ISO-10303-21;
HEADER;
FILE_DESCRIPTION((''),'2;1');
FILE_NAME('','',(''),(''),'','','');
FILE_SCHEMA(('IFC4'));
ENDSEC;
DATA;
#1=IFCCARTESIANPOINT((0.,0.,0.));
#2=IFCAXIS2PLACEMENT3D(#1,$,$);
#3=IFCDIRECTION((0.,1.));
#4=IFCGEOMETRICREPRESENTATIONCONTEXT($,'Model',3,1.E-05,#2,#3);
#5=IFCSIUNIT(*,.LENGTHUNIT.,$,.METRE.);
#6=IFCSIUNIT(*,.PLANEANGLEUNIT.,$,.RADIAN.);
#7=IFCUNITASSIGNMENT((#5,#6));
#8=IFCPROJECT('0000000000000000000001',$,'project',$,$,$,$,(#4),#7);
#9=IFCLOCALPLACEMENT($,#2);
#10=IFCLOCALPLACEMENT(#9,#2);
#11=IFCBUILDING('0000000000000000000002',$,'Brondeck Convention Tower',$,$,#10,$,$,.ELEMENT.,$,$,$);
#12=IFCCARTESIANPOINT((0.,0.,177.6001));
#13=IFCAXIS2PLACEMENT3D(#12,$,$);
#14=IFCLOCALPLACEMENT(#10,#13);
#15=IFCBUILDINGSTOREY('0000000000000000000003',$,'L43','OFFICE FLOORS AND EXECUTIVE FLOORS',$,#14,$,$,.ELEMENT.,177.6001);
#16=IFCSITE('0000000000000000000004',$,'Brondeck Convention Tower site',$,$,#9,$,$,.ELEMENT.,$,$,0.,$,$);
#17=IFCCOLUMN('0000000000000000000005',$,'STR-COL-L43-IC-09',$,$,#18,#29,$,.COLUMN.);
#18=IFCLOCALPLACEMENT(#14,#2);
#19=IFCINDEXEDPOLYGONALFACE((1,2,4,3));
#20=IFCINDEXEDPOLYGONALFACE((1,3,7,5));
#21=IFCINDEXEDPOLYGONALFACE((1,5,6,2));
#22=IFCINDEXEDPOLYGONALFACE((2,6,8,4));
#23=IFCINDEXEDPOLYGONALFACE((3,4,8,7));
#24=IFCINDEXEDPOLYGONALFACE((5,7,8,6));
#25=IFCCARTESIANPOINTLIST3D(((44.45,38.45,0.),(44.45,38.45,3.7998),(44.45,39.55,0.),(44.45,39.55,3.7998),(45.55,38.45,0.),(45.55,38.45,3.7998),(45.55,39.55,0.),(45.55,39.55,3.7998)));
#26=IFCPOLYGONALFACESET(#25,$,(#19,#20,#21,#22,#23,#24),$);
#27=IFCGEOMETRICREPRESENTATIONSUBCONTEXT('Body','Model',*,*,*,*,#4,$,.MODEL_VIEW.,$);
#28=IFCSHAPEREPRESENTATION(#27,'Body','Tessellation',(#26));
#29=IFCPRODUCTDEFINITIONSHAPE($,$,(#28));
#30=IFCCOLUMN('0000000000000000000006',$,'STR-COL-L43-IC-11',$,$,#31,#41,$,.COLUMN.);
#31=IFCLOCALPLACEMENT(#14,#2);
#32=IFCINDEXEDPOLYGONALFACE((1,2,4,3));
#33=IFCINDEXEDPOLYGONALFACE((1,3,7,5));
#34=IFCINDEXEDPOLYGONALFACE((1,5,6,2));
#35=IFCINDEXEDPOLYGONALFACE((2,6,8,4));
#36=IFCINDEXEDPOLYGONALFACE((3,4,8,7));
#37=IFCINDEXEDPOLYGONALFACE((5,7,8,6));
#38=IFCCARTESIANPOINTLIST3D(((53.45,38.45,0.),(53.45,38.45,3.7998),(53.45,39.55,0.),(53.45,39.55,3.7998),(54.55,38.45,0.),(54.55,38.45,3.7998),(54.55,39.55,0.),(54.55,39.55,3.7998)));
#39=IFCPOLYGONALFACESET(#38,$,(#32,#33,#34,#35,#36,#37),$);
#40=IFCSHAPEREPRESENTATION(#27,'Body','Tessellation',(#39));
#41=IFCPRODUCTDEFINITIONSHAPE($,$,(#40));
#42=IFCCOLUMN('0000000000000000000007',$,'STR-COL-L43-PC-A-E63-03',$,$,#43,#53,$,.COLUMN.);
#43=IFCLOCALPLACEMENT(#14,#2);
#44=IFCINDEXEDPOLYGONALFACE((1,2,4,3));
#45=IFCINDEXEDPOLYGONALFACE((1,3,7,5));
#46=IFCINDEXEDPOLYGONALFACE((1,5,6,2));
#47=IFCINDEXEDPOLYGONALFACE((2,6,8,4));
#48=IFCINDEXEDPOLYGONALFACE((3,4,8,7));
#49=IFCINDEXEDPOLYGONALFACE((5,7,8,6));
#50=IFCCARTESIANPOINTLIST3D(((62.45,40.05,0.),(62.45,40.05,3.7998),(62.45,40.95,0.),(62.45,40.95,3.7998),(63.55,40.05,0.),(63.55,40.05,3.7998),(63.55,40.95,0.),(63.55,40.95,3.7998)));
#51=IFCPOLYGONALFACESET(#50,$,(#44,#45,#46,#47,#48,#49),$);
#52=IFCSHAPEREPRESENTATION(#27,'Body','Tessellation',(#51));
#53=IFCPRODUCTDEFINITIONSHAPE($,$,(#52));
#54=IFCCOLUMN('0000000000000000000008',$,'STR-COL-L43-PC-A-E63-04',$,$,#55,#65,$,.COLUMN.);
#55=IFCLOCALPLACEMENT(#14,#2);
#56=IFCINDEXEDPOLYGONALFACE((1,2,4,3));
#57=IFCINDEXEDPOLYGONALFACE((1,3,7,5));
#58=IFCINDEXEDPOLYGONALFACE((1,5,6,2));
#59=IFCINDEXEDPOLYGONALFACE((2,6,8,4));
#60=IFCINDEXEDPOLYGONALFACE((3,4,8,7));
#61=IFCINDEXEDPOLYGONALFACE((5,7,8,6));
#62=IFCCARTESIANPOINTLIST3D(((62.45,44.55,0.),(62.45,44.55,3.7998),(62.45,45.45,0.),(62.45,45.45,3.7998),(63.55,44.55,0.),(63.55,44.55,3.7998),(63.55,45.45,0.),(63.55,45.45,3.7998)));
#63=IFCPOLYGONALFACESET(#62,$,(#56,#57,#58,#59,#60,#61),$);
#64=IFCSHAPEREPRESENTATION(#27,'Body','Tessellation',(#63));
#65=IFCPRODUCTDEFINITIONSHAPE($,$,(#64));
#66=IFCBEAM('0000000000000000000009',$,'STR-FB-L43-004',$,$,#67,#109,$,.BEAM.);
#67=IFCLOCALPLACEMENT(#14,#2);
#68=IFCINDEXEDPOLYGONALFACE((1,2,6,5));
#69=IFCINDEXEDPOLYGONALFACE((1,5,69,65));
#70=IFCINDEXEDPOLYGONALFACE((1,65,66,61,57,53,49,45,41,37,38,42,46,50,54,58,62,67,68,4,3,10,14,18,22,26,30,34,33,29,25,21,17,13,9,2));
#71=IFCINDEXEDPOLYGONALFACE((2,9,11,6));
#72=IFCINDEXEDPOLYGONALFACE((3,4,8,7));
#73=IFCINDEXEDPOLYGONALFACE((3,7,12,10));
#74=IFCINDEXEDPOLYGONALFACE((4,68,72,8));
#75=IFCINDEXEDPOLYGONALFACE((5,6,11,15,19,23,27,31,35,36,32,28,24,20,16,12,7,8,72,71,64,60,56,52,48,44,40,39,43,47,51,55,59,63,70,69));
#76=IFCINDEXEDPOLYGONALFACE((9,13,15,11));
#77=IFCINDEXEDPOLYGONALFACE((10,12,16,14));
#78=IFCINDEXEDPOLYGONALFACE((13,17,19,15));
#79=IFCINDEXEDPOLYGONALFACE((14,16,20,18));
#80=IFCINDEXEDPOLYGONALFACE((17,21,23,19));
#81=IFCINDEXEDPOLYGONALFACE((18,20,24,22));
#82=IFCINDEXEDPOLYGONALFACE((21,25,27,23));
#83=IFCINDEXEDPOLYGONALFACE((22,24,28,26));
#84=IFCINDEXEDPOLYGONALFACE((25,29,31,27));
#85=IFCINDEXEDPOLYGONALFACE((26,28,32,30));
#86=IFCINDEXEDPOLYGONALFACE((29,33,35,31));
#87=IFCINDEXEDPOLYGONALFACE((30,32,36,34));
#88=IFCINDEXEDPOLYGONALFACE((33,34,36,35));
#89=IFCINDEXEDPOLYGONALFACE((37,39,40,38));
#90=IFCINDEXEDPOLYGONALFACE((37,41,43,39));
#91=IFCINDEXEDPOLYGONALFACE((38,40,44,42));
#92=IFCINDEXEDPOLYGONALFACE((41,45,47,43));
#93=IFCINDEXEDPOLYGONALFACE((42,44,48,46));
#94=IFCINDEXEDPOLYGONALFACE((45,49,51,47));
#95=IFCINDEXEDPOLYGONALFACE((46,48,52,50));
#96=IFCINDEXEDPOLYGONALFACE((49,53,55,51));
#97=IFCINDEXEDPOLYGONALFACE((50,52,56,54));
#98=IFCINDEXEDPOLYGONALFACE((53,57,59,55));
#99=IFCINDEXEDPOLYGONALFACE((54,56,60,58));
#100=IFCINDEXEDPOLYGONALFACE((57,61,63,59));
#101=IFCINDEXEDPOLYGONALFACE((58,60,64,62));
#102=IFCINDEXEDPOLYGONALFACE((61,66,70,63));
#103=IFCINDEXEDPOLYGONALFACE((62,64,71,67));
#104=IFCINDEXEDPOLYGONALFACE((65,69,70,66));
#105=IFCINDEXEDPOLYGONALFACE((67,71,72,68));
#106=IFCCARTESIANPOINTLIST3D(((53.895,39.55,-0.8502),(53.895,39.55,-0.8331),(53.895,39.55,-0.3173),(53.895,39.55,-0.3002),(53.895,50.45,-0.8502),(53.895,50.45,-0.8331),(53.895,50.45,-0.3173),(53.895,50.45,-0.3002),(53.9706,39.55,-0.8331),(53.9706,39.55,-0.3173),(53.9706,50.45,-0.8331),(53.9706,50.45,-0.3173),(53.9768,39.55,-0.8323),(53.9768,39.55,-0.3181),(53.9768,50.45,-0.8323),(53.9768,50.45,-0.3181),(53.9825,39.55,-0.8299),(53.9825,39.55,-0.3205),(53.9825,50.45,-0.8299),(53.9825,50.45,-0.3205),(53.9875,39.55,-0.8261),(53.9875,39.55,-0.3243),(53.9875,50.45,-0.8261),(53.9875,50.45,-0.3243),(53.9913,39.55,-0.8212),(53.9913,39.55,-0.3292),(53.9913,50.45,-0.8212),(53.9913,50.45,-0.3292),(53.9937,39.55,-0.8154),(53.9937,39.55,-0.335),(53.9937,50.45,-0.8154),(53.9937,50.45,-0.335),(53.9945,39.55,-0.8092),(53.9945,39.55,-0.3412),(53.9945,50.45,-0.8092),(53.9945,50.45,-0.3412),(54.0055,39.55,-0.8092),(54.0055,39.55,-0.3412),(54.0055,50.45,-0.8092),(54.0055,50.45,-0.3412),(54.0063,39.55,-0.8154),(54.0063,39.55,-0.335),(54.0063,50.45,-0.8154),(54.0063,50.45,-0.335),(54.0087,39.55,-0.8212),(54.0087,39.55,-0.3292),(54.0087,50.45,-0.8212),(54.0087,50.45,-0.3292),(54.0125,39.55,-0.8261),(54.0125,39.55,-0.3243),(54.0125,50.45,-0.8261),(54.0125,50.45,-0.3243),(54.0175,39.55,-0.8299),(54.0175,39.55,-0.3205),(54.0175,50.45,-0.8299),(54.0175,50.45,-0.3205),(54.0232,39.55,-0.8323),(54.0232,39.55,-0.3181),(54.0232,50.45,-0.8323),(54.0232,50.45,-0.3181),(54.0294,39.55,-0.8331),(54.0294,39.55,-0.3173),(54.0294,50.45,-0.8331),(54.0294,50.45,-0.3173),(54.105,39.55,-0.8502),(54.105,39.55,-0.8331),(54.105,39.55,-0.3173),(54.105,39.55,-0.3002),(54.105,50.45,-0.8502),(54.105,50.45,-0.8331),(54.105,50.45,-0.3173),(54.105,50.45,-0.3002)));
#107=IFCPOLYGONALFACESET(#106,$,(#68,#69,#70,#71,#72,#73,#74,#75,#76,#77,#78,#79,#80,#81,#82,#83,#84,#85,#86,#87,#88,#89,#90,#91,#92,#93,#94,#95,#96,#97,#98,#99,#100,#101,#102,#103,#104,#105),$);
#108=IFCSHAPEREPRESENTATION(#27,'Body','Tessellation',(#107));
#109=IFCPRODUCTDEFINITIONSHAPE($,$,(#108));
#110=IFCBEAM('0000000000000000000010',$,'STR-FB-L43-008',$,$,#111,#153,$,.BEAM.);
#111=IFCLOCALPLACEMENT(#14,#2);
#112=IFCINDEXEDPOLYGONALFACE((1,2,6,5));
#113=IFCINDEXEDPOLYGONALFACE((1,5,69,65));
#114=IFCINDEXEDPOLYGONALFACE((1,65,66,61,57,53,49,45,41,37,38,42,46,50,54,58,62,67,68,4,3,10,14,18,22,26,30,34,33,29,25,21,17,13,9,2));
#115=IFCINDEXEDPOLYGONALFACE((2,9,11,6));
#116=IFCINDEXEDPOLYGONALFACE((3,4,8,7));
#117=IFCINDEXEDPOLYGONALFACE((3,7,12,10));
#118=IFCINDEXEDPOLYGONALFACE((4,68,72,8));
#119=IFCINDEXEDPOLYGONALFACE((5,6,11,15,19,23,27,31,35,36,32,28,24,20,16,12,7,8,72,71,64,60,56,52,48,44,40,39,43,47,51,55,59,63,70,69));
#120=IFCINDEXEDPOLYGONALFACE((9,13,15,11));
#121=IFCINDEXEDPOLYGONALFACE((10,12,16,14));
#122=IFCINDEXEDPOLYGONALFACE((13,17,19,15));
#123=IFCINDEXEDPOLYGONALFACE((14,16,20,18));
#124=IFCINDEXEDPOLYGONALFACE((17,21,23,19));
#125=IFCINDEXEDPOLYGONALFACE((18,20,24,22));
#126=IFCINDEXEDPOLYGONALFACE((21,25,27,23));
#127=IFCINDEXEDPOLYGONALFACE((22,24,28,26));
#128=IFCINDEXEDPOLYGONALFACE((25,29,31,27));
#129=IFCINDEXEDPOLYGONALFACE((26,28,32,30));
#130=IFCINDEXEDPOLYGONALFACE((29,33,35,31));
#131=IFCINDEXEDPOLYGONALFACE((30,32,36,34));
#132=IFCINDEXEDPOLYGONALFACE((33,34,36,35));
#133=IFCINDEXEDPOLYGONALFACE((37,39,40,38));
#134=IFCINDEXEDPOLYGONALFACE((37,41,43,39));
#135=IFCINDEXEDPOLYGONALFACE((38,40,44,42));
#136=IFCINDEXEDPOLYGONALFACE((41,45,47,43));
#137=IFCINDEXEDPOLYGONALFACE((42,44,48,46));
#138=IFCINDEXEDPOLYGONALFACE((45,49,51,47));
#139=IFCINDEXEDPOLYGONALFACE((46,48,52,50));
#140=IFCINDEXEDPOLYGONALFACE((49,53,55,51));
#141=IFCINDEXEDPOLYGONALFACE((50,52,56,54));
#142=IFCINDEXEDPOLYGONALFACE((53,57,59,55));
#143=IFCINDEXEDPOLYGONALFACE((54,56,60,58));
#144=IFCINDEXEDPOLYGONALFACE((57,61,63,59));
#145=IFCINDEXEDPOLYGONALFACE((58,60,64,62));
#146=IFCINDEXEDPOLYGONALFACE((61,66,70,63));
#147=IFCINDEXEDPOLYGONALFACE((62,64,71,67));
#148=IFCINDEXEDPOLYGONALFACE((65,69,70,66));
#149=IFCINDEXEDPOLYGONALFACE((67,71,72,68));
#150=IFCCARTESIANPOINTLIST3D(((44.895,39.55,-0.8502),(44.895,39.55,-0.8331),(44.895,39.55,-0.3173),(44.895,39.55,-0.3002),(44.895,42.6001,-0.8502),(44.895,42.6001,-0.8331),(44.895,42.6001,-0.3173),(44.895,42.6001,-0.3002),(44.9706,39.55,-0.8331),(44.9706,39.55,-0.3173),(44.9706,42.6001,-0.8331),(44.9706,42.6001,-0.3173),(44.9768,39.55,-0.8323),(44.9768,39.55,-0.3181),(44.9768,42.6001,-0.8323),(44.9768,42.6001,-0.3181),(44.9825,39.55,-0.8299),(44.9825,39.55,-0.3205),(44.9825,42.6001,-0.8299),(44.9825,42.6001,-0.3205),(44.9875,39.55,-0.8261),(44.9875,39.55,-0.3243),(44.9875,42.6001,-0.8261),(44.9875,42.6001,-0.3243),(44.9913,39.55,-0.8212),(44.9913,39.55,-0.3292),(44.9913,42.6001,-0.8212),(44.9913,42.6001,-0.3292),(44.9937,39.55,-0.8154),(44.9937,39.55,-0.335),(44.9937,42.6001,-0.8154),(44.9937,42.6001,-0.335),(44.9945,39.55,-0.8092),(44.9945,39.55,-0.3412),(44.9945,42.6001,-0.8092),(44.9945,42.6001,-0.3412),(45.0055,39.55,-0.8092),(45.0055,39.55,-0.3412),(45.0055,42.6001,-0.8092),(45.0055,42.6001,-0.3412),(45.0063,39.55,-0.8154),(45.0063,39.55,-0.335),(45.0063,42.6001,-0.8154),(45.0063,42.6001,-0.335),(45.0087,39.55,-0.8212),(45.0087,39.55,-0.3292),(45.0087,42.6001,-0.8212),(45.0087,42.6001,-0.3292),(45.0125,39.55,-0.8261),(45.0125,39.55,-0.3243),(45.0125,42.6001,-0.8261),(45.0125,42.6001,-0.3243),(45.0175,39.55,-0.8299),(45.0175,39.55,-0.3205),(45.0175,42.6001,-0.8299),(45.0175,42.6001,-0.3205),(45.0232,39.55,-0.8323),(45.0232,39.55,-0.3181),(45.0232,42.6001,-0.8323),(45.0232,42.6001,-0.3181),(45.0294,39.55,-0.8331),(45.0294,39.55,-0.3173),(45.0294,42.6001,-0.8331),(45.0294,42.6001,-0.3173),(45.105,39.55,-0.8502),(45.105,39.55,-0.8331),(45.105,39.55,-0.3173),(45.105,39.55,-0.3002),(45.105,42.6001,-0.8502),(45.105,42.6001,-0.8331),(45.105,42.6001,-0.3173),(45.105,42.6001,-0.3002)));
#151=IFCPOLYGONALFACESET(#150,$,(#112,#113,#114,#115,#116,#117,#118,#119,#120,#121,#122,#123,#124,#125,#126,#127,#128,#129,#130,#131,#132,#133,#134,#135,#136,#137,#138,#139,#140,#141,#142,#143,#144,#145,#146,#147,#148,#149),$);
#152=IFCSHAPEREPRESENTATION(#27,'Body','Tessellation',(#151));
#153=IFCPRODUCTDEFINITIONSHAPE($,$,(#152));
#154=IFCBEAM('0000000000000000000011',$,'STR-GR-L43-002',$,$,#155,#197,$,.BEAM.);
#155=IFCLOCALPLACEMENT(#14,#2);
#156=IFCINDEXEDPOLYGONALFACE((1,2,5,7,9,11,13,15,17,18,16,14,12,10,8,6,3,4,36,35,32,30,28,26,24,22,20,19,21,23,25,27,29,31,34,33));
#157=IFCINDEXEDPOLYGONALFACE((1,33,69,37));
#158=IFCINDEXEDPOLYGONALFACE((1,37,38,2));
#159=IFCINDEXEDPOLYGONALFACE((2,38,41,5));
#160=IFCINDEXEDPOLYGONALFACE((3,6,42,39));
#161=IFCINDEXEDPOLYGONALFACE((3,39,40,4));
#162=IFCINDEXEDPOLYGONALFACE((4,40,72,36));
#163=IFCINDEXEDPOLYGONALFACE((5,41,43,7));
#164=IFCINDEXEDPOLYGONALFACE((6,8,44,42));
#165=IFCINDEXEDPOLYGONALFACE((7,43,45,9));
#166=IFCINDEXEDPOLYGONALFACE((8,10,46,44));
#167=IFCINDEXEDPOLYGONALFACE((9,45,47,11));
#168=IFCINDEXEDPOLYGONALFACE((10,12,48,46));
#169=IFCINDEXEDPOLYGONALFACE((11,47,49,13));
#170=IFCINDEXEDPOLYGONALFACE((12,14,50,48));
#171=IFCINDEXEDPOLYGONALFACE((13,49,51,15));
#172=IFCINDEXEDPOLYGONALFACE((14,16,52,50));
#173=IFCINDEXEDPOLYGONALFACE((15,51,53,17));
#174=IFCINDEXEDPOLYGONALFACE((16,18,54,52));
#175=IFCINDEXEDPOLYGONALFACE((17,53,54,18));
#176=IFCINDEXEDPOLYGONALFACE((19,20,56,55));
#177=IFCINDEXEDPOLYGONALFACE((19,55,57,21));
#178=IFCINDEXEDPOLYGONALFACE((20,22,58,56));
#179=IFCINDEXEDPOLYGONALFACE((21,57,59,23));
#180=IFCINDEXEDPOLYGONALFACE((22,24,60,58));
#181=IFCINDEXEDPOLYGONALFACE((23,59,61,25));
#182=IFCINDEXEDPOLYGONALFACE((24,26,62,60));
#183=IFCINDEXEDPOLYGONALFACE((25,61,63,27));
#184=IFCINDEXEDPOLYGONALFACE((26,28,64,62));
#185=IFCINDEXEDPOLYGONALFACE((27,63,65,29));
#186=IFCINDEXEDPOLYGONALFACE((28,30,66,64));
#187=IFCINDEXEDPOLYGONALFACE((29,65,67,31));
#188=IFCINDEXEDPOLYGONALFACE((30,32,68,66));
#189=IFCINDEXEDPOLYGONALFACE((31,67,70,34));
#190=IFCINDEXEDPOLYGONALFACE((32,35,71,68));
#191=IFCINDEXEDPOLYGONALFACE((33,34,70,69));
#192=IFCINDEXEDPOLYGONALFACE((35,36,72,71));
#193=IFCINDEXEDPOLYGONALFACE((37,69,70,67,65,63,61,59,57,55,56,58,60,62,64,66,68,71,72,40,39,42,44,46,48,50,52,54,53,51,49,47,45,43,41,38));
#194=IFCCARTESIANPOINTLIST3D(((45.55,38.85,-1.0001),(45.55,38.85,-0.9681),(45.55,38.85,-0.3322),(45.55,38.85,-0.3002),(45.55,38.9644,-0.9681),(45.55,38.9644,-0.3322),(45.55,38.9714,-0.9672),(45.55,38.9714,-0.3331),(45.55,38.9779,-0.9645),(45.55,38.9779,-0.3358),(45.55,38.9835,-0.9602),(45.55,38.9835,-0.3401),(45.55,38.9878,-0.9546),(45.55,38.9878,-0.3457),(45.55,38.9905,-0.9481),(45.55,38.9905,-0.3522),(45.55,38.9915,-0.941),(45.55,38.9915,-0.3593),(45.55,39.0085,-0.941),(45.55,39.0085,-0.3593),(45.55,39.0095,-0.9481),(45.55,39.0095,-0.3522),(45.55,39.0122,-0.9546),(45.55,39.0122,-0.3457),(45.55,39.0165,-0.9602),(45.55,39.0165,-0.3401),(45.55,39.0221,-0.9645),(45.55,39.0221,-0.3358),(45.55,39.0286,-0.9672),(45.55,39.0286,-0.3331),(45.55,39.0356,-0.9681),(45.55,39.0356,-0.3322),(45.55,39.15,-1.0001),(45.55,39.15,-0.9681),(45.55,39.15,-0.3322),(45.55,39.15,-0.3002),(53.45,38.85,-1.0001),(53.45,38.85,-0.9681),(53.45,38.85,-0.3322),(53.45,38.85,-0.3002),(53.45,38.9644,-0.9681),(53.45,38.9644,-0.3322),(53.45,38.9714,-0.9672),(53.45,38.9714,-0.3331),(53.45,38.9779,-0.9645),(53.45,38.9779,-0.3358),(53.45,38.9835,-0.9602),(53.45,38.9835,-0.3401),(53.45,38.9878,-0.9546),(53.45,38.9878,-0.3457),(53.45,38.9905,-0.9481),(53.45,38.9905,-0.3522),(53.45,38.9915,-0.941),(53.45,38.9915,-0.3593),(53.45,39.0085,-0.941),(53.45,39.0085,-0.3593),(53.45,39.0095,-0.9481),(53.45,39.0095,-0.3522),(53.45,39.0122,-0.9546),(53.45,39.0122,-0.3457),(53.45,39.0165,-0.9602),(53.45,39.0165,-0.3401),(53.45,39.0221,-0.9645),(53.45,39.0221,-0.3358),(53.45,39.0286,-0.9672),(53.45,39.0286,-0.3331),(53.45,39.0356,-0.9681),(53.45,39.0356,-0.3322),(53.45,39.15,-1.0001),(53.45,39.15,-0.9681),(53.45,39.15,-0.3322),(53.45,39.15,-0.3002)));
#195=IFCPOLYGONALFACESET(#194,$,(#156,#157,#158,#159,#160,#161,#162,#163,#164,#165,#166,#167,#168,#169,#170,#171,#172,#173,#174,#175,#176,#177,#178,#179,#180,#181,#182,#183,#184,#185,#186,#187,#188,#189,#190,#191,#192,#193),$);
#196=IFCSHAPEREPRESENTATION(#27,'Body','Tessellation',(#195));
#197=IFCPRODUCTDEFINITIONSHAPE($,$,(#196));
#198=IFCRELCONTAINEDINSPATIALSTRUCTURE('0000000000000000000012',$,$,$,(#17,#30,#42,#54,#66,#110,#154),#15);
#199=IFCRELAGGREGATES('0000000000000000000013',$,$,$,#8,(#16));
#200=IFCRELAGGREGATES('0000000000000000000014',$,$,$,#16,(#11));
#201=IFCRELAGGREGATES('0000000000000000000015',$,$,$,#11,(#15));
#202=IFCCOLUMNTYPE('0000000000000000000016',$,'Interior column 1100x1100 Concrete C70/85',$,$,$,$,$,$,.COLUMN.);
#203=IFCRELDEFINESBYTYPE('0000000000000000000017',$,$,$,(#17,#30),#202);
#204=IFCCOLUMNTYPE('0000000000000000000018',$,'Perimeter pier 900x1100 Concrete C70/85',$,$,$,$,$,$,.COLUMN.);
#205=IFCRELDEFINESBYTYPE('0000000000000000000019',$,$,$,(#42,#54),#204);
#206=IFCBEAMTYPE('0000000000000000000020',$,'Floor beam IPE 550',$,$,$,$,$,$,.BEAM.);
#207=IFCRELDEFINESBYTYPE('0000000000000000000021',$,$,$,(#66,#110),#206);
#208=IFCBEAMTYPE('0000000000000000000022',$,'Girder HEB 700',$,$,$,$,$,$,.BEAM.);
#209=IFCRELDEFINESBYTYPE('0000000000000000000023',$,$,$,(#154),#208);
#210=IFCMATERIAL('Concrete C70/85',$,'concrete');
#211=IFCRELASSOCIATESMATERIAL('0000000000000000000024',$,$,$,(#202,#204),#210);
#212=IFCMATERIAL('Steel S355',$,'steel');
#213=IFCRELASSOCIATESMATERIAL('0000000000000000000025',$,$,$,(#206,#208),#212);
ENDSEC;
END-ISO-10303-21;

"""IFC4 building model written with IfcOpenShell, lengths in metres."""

from ifc_helpers import new_model, si_unit, direction, frame, origin, origin_2d, place, context, subcontext, project, spatial, rectangle, i_section, extrude, material, material_profile, profile_set, type_object, element, save


model = new_model("IFC4")

# Units and contexts
model_context = context("Model", 3, precision=1e-05, world=origin(), true_north=direction((0.0, 1.0)))
body_context = subcontext(model_context, "Body", "Model", "MODEL_VIEW")
ifc_project = project(units=[si_unit("LENGTHUNIT", "METRE"), si_unit("PLANEANGLEUNIT", "RADIAN")], contexts=[model_context])

# Site, building, storey
site_placement = place(None, origin())
site = spatial("IfcSite", under=ifc_project, at=site_placement, Name="Brondeck Convention Tower site", CompositionType="ELEMENT", RefElevation=0.0)
building_placement = place(site_placement, origin())
building = spatial("IfcBuilding", under=site, at=building_placement, Name="Brondeck Convention Tower", CompositionType="ELEMENT")
storey_placement = place(building_placement, frame((0.0, 0.0, 177.6001)))
storey = spatial("IfcBuildingStorey", under=building, at=storey_placement, Name="L43", Description="OFFICE FLOORS AND EXECUTIVE FLOORS", CompositionType="ELEMENT", Elevation=177.6001)

# Columns
ifc_material_1 = material(Name="Concrete C70/85", Category="concrete")
ifc_material_profile_1 = material_profile(ifc_material_1, rectangle(XDim=1.1001, YDim=1.1001, at=origin_2d()), Name="Interior column 1100x1100 Concrete C70/85")
ifc_profile_set_1 = profile_set([ifc_material_profile_1], Name="Concrete C70/85")
column_type_1 = type_object("IfcColumnType", Name="Interior column 1100x1100 Concrete C70/85", PredefinedType="COLUMN", material=ifc_profile_set_1)
for number, where, z_axis, x_axis, name in (
    (1, (45.0, 39.0, 0.0), (0.0, 0.0, 1.0), (1.0, 0.0, 0.0), "STR-COL-L43-IC-09"),
    (2, (54.0, 39.0, 0.0), (0.0, 0.0, 1.0), (1.0, 0.0, 0.0), "STR-COL-L43-IC-11"),
):
    element("IfcColumn", number, at=place(storey_placement, frame(where, z_axis=z_axis, x_axis=x_axis)), inside=storey, type_object=column_type_1, Name=name, PredefinedType="COLUMN", context=body_context, shape_type="SweptSolid", body=[
        extrude(rectangle(XDim=1.1001, YDim=1.1001, at=origin_2d()), origin(), (0.0, 0.0, 1.0), 3.7998),
    ])
ifc_material_profile_2 = material_profile(ifc_material_1, rectangle(XDim=0.8999, YDim=1.1001, at=origin_2d()), Name="Perimeter pier 900x1100 Concrete C70/85")
ifc_profile_set_2 = profile_set([ifc_material_profile_2], Name="Concrete C70/85")
column_type_2 = type_object("IfcColumnType", Name="Perimeter pier 900x1100 Concrete C70/85", PredefinedType="COLUMN", material=ifc_profile_set_2)
for number, where, z_axis, x_axis, name in (
    (3, (63.0, 40.5, 0.0), (0.0, 0.0, 1.0), (0.0, 1.0, 0.0), "STR-COL-L43-PC-A-E63-03"),
    (4, (63.0, 45.0, 0.0), (0.0, 0.0, 1.0), (0.0, 1.0, 0.0), "STR-COL-L43-PC-A-E63-04"),
):
    element("IfcColumn", number, at=place(storey_placement, frame(where, z_axis=z_axis, x_axis=x_axis)), inside=storey, type_object=column_type_2, Name=name, PredefinedType="COLUMN", context=body_context, shape_type="SweptSolid", body=[
        extrude(rectangle(XDim=0.8999, YDim=1.1001, at=origin_2d()), origin(), (0.0, 0.0, 1.0), 3.7998),
    ])

# Beams
ifc_material_2 = material(Name="Steel S355", Category="steel")
ifc_material_profile_3 = material_profile(ifc_material_2, i_section(OverallWidth=0.21, OverallDepth=0.55, WebThickness=0.011, FlangeThickness=0.0171, FilletRadius=0.0239, at=origin_2d()), Name="IPE 550")
ifc_profile_set_3 = profile_set([ifc_material_profile_3], Name="Steel S355")
beam_type_1 = type_object("IfcBeamType", Name="Floor beam IPE 550", PredefinedType="BEAM", material=ifc_profile_set_3)
beam_1_placement = place(storey_placement, frame((54.0, 39.55, -0.5752), z_axis=(0.0, 1.0, 0.0), x_axis=(-1.0, 0.0, 0.0)))
element("IfcBeam", 5, at=beam_1_placement, inside=storey, type_object=beam_type_1, Name="STR-FB-L43-004", PredefinedType="BEAM", context=body_context, shape_type="SweptSolid", body=[
    extrude(i_section(OverallWidth=0.21, OverallDepth=0.55, WebThickness=0.011, FlangeThickness=0.0171, FilletRadius=0.0239, at=origin_2d()), origin(), (0.0, 0.0, 1.0), 10.8999),
])
beam_2_placement = place(storey_placement, frame((45.0, 39.55, -0.5752), z_axis=(0.0, 1.0, 0.0), x_axis=(-1.0, 0.0, 0.0)))
element("IfcBeam", 6, at=beam_2_placement, inside=storey, type_object=beam_type_1, Name="STR-FB-L43-008", PredefinedType="BEAM", context=body_context, shape_type="SweptSolid", body=[
    extrude(i_section(OverallWidth=0.21, OverallDepth=0.55, WebThickness=0.011, FlangeThickness=0.0171, FilletRadius=0.0239, at=origin_2d()), origin(), (0.0, 0.0, 1.0), 3.05),
])
ifc_material_profile_4 = material_profile(ifc_material_2, i_section(OverallWidth=0.3, OverallDepth=0.7, WebThickness=0.0171, FlangeThickness=0.032, FilletRadius=0.0271, at=origin_2d()), Name="HEB 700")
ifc_profile_set_4 = profile_set([ifc_material_profile_4], Name="Steel S355")
beam_type_2 = type_object("IfcBeamType", Name="Girder HEB 700", PredefinedType="BEAM", material=ifc_profile_set_4)
beam_3_placement = place(storey_placement, frame((45.55, 39.0, -0.6501), z_axis=(1.0, 0.0, 0.0), x_axis=(0.0, 1.0, 0.0)))
element("IfcBeam", 7, at=beam_3_placement, inside=storey, type_object=beam_type_2, Name="STR-GR-L43-002", PredefinedType="BEAM", context=body_context, shape_type="SweptSolid", body=[
    extrude(i_section(OverallWidth=0.3, OverallDepth=0.7, WebThickness=0.0171, FlangeThickness=0.032, FilletRadius=0.0271, at=origin_2d()), origin(), (0.0, 0.0, 1.0), 7.8999),
])

save(model, "model.ifc")
